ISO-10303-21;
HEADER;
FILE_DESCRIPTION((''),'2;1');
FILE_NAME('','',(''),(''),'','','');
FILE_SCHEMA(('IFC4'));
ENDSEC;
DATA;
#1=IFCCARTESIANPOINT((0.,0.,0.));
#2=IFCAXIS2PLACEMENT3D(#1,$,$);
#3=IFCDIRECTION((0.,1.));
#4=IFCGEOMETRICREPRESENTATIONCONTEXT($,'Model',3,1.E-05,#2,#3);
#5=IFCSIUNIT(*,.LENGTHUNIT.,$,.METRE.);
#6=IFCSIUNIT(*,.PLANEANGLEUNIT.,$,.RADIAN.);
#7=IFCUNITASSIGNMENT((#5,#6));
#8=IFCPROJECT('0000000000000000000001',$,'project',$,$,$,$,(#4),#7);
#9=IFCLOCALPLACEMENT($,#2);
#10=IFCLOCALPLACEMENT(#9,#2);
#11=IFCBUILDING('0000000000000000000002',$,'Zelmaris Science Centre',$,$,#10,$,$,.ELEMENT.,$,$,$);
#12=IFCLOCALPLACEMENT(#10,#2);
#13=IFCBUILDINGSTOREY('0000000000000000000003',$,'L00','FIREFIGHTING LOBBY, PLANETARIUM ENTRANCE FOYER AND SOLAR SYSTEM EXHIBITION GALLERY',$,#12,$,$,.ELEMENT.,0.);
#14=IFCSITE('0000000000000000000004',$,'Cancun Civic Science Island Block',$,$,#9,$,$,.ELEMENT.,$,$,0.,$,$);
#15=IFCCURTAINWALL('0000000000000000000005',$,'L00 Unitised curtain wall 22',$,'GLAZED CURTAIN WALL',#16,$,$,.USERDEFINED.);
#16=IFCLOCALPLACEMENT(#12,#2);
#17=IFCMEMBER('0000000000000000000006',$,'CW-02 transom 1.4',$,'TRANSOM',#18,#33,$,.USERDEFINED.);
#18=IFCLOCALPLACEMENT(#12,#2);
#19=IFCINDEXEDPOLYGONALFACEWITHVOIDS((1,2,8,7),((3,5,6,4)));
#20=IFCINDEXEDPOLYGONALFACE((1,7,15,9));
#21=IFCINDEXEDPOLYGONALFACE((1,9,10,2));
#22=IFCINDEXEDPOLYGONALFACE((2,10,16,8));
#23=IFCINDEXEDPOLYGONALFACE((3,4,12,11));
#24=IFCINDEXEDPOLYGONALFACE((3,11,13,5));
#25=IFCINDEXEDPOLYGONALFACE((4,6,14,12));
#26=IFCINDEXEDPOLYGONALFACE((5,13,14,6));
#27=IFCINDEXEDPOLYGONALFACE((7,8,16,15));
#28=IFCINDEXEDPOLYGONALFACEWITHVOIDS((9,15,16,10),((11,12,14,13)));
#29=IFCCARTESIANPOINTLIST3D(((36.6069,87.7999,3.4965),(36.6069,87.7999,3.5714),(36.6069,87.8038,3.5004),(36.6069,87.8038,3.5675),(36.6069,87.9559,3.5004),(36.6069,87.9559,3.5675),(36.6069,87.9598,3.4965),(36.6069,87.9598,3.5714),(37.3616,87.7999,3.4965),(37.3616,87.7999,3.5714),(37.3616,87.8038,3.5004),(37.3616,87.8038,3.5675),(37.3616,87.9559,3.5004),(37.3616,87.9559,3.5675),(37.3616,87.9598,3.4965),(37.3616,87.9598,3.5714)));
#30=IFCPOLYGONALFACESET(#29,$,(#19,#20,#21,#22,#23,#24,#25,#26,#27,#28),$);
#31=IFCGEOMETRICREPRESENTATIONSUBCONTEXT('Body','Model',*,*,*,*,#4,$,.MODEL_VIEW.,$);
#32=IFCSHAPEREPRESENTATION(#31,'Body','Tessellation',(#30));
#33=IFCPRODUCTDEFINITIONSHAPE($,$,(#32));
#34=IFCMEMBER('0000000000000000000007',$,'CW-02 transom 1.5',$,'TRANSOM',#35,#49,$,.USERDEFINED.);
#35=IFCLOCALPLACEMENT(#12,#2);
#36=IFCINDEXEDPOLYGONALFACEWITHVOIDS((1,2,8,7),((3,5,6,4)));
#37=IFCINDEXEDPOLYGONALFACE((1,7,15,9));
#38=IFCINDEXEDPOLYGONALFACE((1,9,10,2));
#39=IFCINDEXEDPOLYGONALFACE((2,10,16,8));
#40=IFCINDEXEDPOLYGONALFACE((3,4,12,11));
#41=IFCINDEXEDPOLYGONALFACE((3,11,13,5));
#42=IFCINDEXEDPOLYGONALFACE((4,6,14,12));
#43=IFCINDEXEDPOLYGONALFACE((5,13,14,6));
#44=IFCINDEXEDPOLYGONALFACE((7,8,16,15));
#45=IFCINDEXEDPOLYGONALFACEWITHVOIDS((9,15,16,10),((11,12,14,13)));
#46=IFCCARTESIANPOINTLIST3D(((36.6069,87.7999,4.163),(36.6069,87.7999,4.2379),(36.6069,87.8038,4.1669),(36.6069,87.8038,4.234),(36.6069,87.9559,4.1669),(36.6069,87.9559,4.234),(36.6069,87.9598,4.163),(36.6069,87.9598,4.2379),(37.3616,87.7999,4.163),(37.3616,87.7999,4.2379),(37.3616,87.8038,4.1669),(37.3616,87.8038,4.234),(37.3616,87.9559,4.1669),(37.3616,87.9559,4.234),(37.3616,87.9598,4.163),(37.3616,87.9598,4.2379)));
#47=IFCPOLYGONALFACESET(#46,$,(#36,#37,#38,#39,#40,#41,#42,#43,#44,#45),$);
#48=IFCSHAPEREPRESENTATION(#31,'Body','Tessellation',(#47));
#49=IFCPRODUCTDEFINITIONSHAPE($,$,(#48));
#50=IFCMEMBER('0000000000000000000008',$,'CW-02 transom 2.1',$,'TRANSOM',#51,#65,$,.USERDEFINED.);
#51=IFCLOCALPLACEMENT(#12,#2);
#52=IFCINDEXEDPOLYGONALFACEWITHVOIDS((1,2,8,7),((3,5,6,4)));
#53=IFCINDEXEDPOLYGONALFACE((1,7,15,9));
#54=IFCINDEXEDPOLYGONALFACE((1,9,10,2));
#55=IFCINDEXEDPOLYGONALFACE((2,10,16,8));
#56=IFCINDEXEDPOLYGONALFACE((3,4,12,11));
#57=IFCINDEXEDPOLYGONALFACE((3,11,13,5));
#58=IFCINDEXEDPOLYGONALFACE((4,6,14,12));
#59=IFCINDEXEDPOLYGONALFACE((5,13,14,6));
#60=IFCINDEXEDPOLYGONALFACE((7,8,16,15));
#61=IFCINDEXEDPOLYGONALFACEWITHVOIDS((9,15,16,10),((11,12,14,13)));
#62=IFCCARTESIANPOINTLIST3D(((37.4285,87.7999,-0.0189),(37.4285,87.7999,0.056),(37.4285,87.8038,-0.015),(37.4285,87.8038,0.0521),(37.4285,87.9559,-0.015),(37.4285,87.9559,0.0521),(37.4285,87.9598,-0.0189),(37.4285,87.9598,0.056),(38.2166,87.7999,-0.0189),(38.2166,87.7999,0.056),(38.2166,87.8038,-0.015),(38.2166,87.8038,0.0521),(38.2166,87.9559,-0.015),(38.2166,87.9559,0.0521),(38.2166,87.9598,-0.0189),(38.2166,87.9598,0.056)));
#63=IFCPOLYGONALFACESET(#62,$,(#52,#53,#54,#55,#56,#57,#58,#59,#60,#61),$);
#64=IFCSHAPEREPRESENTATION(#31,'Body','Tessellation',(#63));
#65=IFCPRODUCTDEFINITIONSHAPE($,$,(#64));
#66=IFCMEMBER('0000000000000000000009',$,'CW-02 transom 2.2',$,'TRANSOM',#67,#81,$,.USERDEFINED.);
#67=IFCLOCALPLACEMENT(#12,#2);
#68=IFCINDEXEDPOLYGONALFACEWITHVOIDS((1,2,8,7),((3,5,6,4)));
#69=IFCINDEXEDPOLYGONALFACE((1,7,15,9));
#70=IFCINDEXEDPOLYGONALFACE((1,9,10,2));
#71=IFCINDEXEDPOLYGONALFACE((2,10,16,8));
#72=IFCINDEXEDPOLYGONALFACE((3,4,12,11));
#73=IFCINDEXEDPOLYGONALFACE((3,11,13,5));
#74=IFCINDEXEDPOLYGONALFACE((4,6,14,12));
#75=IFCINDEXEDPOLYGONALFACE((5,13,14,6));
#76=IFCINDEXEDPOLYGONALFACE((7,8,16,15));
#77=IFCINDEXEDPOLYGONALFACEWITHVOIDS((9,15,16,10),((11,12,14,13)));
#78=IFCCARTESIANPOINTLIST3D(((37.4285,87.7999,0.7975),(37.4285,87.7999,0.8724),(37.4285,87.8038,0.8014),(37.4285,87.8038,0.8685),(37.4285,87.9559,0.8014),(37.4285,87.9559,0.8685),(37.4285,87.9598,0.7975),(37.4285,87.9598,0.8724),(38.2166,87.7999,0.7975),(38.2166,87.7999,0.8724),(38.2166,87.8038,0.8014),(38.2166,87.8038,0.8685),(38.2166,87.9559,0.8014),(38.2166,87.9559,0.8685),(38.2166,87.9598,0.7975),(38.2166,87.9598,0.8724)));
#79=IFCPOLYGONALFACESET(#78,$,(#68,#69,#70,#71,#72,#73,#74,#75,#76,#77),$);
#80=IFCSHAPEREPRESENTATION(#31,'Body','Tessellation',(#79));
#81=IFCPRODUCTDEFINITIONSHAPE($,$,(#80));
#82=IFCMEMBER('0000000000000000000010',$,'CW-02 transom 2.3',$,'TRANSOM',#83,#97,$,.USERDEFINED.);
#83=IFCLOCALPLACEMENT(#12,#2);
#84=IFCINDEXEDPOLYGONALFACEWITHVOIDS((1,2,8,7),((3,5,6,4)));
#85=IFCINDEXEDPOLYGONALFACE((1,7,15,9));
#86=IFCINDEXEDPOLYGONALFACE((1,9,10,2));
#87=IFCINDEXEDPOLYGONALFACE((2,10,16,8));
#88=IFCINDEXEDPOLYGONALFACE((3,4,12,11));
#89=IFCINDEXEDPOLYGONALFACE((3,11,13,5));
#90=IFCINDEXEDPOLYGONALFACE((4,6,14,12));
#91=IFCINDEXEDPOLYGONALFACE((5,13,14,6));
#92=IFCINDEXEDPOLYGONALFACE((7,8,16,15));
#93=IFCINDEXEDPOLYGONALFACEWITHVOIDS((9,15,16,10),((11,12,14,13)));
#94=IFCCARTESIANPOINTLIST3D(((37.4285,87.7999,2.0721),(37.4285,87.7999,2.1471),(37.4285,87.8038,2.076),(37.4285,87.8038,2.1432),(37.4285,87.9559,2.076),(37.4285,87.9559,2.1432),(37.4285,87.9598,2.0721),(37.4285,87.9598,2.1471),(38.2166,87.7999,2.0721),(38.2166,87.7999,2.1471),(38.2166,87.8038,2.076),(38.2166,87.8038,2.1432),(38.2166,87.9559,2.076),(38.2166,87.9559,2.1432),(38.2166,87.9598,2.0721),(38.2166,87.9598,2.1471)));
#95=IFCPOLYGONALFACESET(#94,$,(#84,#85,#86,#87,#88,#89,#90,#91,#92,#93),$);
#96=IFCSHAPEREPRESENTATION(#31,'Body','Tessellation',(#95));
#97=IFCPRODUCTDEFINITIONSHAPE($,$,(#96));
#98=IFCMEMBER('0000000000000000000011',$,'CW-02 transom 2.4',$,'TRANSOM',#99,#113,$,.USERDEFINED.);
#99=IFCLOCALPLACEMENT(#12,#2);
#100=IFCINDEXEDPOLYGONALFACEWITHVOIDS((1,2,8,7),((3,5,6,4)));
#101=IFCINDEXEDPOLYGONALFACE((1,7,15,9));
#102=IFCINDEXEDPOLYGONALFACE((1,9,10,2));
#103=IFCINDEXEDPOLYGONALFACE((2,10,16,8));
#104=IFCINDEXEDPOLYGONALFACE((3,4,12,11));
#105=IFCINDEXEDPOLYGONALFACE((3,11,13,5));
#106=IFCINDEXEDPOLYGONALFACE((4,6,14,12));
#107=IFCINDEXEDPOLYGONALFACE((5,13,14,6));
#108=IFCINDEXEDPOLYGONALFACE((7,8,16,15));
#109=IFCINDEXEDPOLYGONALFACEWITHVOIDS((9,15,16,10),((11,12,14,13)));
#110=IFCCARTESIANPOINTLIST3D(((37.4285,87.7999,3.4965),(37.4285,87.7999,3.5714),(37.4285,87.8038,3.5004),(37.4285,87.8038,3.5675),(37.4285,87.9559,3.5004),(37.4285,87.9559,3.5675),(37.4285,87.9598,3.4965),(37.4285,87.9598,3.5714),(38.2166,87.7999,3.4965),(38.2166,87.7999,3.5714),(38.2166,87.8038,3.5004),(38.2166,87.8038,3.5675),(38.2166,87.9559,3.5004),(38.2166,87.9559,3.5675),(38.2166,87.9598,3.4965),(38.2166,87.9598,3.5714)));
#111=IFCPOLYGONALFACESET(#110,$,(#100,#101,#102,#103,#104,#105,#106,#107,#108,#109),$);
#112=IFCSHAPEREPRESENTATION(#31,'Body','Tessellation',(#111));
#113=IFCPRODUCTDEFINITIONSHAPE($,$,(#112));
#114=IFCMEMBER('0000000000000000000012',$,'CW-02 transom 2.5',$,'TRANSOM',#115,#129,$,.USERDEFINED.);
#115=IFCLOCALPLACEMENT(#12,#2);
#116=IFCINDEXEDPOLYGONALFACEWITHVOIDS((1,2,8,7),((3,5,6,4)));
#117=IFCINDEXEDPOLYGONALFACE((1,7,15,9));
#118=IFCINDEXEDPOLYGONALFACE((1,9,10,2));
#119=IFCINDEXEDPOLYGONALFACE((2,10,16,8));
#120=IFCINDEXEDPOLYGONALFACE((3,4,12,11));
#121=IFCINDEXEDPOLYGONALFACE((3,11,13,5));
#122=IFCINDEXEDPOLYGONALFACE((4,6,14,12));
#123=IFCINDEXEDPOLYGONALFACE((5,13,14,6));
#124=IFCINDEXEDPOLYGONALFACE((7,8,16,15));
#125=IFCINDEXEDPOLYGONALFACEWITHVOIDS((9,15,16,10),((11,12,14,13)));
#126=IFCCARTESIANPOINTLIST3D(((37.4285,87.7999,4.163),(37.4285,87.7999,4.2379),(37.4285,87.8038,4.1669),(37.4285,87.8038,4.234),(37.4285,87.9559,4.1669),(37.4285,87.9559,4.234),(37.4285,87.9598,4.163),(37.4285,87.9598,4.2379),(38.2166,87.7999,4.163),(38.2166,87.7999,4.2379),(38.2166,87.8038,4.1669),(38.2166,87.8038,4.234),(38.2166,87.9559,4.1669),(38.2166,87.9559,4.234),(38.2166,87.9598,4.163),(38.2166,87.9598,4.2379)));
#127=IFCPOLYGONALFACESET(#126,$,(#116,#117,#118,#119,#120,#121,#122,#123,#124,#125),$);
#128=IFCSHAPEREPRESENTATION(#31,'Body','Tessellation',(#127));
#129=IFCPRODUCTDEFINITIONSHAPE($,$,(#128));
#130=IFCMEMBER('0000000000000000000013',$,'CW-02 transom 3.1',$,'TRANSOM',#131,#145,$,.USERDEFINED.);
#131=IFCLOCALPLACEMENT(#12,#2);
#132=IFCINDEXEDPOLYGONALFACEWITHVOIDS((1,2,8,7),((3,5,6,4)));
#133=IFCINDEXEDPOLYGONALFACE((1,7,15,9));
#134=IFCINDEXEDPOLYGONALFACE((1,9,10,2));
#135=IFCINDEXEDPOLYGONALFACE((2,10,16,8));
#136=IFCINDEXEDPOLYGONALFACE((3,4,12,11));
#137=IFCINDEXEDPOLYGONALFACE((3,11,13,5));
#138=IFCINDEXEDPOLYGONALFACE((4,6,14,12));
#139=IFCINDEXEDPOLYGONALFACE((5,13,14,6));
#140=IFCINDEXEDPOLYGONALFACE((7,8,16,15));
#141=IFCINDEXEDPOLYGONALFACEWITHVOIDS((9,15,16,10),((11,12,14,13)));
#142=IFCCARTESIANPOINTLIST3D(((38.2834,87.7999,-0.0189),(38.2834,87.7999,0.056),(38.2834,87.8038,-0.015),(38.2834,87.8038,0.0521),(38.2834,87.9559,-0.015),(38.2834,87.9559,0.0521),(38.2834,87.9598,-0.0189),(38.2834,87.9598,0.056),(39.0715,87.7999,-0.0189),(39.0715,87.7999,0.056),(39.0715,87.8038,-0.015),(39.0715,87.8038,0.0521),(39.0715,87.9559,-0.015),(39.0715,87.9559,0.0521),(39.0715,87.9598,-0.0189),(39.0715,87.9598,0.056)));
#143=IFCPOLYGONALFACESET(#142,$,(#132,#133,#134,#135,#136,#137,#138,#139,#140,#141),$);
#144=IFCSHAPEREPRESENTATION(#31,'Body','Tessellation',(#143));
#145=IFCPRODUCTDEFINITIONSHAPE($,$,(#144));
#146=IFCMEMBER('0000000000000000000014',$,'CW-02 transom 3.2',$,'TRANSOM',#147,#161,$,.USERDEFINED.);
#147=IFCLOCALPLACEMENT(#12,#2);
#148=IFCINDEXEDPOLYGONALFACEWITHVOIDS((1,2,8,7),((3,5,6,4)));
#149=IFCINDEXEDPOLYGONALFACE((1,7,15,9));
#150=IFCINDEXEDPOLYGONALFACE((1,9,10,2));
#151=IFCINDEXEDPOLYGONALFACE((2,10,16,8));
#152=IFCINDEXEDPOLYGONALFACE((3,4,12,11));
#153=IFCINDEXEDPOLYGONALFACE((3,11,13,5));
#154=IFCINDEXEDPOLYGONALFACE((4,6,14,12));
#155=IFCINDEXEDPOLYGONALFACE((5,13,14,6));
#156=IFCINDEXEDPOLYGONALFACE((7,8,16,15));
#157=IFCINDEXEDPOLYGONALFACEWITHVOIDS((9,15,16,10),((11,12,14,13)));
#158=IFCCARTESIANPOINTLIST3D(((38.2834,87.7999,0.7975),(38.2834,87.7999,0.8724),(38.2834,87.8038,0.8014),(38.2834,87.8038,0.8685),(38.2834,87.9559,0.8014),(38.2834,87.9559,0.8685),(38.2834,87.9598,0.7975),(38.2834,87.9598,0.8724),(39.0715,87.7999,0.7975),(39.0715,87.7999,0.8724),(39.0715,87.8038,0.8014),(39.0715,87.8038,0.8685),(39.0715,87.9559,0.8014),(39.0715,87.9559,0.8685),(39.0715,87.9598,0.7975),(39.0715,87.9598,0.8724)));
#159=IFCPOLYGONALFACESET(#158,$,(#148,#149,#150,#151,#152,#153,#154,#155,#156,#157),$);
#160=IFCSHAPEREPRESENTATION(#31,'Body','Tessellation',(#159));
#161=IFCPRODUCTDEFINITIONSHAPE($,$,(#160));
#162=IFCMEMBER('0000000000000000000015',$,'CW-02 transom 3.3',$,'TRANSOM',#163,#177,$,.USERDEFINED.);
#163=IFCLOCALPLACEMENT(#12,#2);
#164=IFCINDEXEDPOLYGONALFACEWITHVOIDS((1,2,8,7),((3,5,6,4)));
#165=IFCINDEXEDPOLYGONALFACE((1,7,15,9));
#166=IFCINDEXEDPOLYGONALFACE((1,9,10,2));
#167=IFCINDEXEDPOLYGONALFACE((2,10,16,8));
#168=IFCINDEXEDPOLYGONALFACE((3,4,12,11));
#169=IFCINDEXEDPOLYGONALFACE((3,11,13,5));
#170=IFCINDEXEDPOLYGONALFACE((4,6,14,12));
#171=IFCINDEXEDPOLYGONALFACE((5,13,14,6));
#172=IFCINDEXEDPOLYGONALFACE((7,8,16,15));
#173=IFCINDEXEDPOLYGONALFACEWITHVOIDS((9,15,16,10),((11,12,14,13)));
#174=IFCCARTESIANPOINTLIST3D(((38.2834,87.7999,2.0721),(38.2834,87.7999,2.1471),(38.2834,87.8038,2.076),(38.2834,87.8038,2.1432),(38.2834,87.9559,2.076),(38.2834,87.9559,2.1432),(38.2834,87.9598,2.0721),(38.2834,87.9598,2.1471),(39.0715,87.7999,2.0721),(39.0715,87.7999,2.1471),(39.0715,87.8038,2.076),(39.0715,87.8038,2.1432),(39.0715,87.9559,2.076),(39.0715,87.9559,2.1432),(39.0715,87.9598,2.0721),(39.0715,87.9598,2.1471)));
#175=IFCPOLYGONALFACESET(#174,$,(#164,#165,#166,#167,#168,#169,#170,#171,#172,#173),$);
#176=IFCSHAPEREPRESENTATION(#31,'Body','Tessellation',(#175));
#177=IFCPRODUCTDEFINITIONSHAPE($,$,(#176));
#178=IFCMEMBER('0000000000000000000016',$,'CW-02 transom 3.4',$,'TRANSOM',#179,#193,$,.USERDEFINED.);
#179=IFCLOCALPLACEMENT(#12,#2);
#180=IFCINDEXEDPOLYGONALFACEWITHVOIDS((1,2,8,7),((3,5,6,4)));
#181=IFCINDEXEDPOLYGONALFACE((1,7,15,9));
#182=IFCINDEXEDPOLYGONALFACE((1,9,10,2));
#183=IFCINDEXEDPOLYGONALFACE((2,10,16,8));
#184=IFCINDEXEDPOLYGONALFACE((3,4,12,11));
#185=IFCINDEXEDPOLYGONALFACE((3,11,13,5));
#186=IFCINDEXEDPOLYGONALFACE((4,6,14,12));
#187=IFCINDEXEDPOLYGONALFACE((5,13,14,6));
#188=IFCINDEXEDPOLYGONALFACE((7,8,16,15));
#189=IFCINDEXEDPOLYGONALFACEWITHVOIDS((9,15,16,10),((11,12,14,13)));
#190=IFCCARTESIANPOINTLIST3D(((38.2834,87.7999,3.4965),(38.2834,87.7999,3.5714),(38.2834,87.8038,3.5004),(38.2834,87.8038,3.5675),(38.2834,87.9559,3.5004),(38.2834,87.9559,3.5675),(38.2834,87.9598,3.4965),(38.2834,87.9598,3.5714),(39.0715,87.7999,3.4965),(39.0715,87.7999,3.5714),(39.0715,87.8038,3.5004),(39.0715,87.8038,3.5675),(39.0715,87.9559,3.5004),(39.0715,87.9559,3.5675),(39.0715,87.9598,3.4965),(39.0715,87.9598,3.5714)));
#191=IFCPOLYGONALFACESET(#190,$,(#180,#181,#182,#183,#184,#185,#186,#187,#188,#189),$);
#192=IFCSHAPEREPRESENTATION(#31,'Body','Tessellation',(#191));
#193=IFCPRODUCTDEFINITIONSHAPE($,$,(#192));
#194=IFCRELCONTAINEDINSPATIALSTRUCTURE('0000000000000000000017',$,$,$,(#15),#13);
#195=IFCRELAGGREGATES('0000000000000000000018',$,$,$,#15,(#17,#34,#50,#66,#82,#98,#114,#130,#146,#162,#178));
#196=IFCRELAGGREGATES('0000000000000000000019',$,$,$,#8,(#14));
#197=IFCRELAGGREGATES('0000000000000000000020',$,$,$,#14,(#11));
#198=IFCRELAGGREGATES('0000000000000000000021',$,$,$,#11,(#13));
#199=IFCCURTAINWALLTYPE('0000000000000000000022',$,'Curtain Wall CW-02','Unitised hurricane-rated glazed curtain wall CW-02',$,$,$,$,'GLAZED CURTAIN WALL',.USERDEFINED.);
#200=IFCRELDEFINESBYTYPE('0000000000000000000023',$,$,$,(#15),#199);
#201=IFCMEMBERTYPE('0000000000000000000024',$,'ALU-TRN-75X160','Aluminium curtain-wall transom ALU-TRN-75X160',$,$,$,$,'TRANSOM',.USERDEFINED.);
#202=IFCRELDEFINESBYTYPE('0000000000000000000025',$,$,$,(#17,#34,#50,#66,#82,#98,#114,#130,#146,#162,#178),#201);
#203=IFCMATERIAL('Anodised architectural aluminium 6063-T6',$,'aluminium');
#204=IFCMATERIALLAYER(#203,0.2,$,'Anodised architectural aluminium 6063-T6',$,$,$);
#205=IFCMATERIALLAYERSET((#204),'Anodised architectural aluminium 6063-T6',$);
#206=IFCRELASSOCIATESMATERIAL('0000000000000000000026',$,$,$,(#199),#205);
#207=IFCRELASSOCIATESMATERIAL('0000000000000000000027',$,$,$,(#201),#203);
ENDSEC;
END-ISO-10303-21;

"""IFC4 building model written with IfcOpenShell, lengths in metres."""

from ifc_helpers import new_model, si_unit, direction, frame, origin, origin_2d, place, context, subcontext, project, spatial, hollow_rectangle, extrude, material, layer, layer_set, material_profile, profile_set, type_object, element, aggregate, save


model = new_model("IFC4")

# Units and contexts
model_context = context("Model", 3, precision=1e-05, world=origin(), true_north=direction((0.0, 1.0)))
body_context = subcontext(model_context, "Body", "Model", "MODEL_VIEW")
ifc_project = project(units=[si_unit("LENGTHUNIT", "METRE"), si_unit("PLANEANGLEUNIT", "RADIAN")], contexts=[model_context])

# Site, building, storey
site_placement = place(None, origin())
site = spatial("IfcSite", under=ifc_project, at=site_placement, Name="Cancun Civic Science Island Block", CompositionType="ELEMENT", RefElevation=0.0)
building_placement = place(site_placement, origin())
building = spatial("IfcBuilding", under=site, at=building_placement, Name="Zelmaris Science Centre", CompositionType="ELEMENT")
storey_placement = place(building_placement, origin())
storey = spatial("IfcBuildingStorey", under=building, at=storey_placement, Name="L00", Description="FIREFIGHTING LOBBY, PLANETARIUM ENTRANCE FOYER AND SOLAR SYSTEM EXHIBITION GALLERY", CompositionType="ELEMENT", Elevation=0.0)

# Shared definitions
ifc_material_1 = material(Name="Anodised architectural aluminium 6063-T6", Category="aluminium")

# Curtain wall, members
ifc_layer_1 = layer(ifc_material_1, 0.2, Name="Anodised architectural aluminium 6063-T6")
ifc_layer_set_1 = layer_set([ifc_layer_1], Name="Anodised architectural aluminium 6063-T6")
curtain_wall_type_1 = type_object("IfcCurtainWallType", Name="Curtain Wall CW-02", Description="Unitised hurricane-rated glazed curtain wall CW-02", ElementType="GLAZED CURTAIN WALL", PredefinedType="USERDEFINED", material=ifc_layer_set_1)
curtain_wall_1_placement = place(storey_placement, origin())
curtain_wall_1 = element("IfcCurtainWall", 1, at=curtain_wall_1_placement, inside=storey, type_object=curtain_wall_type_1, Name="L00 Unitised curtain wall 22", ObjectType="GLAZED CURTAIN WALL", PredefinedType="USERDEFINED")
ifc_material_profile_1 = material_profile(ifc_material_1, hollow_rectangle(XDim=0.075, YDim=0.1599, WallThickness=0.0039, at=origin_2d()), Name="ALU-TRN-75X160")
ifc_profile_set_1 = profile_set([ifc_material_profile_1], Name="Anodised architectural aluminium 6063-T6")
member_type_1 = type_object("IfcMemberType", Name="ALU-TRN-75X160", Description="Aluminium curtain-wall transom ALU-TRN-75X160", ElementType="TRANSOM", PredefinedType="USERDEFINED", material=ifc_profile_set_1)
member_1_placement = place(storey_placement, frame((36.6069, 87.8799, 3.5339), z_axis=(1.0, 0.0, 0.0), x_axis=(0.0, 0.0, 1.0)))
member_1 = element("IfcMember", 2, at=member_1_placement, type_object=member_type_1, Name="CW-02 transom 1.4", ObjectType="TRANSOM", PredefinedType="USERDEFINED", context=body_context, shape_type="SweptSolid", body=[
    extrude(hollow_rectangle(XDim=0.075, YDim=0.1599, WallThickness=0.0039, at=origin_2d()), origin(), (0.0, 0.0, 1.0), 0.7546),
])
member_2_placement = place(storey_placement, frame((36.6069, 87.8799, 4.2004), z_axis=(1.0, 0.0, 0.0), x_axis=(0.0, 0.0, 1.0)))
member_2 = element("IfcMember", 3, at=member_2_placement, type_object=member_type_1, Name="CW-02 transom 1.5", ObjectType="TRANSOM", PredefinedType="USERDEFINED", context=body_context, shape_type="SweptSolid", body=[
    extrude(hollow_rectangle(XDim=0.075, YDim=0.1599, WallThickness=0.0039, at=origin_2d()), origin(), (0.0, 0.0, 1.0), 0.7546),
])
member_3_placement = place(storey_placement, frame((37.4285, 87.8799, 0.0186), z_axis=(1.0, 0.0, 0.0), x_axis=(0.0, 0.0, 1.0)))
member_3 = element("IfcMember", 4, at=member_3_placement, type_object=member_type_1, Name="CW-02 transom 2.1", ObjectType="TRANSOM", PredefinedType="USERDEFINED", context=body_context, shape_type="SweptSolid", body=[
    extrude(hollow_rectangle(XDim=0.075, YDim=0.1599, WallThickness=0.0039, at=origin_2d()), origin(), (0.0, 0.0, 1.0), 0.7881),
])
member_4_placement = place(storey_placement, frame((37.4285, 87.8799, 0.835), z_axis=(1.0, 0.0, 0.0), x_axis=(0.0, 0.0, 1.0)))
member_4 = element("IfcMember", 5, at=member_4_placement, type_object=member_type_1, Name="CW-02 transom 2.2", ObjectType="TRANSOM", PredefinedType="USERDEFINED", context=body_context, shape_type="SweptSolid", body=[
    extrude(hollow_rectangle(XDim=0.075, YDim=0.1599, WallThickness=0.0039, at=origin_2d()), origin(), (0.0, 0.0, 1.0), 0.7881),
])
member_5_placement = place(storey_placement, frame((37.4285, 87.8799, 2.1096), z_axis=(1.0, 0.0, 0.0), x_axis=(0.0, 0.0, 1.0)))
member_5 = element("IfcMember", 6, at=member_5_placement, type_object=member_type_1, Name="CW-02 transom 2.3", ObjectType="TRANSOM", PredefinedType="USERDEFINED", context=body_context, shape_type="SweptSolid", body=[
    extrude(hollow_rectangle(XDim=0.075, YDim=0.1599, WallThickness=0.0039, at=origin_2d()), origin(), (0.0, 0.0, 1.0), 0.7881),
])
member_6_placement = place(storey_placement, frame((37.4285, 87.8799, 3.5339), z_axis=(1.0, 0.0, 0.0), x_axis=(0.0, 0.0, 1.0)))
member_6 = element("IfcMember", 7, at=member_6_placement, type_object=member_type_1, Name="CW-02 transom 2.4", ObjectType="TRANSOM", PredefinedType="USERDEFINED", context=body_context, shape_type="SweptSolid", body=[
    extrude(hollow_rectangle(XDim=0.075, YDim=0.1599, WallThickness=0.0039, at=origin_2d()), origin(), (0.0, 0.0, 1.0), 0.7881),
])
member_7_placement = place(storey_placement, frame((37.4285, 87.8799, 4.2004), z_axis=(1.0, 0.0, 0.0), x_axis=(0.0, 0.0, 1.0)))
member_7 = element("IfcMember", 8, at=member_7_placement, type_object=member_type_1, Name="CW-02 transom 2.5", ObjectType="TRANSOM", PredefinedType="USERDEFINED", context=body_context, shape_type="SweptSolid", body=[
    extrude(hollow_rectangle(XDim=0.075, YDim=0.1599, WallThickness=0.0039, at=origin_2d()), origin(), (0.0, 0.0, 1.0), 0.7881),
])
member_8_placement = place(storey_placement, frame((38.2834, 87.8799, 0.0186), z_axis=(1.0, 0.0, 0.0), x_axis=(0.0, 0.0, 1.0)))
member_8 = element("IfcMember", 9, at=member_8_placement, type_object=member_type_1, Name="CW-02 transom 3.1", ObjectType="TRANSOM", PredefinedType="USERDEFINED", context=body_context, shape_type="SweptSolid", body=[
    extrude(hollow_rectangle(XDim=0.075, YDim=0.1599, WallThickness=0.0039, at=origin_2d()), origin(), (0.0, 0.0, 1.0), 0.7881),
])
member_9_placement = place(storey_placement, frame((38.2834, 87.8799, 0.835), z_axis=(1.0, 0.0, 0.0), x_axis=(0.0, 0.0, 1.0)))
member_9 = element("IfcMember", 10, at=member_9_placement, type_object=member_type_1, Name="CW-02 transom 3.2", ObjectType="TRANSOM", PredefinedType="USERDEFINED", context=body_context, shape_type="SweptSolid", body=[
    extrude(hollow_rectangle(XDim=0.075, YDim=0.1599, WallThickness=0.0039, at=origin_2d()), origin(), (0.0, 0.0, 1.0), 0.7881),
])
member_10_placement = place(storey_placement, frame((38.2834, 87.8799, 2.1096), z_axis=(1.0, 0.0, 0.0), x_axis=(0.0, 0.0, 1.0)))
member_10 = element("IfcMember", 11, at=member_10_placement, type_object=member_type_1, Name="CW-02 transom 3.3", ObjectType="TRANSOM", PredefinedType="USERDEFINED", context=body_context, shape_type="SweptSolid", body=[
    extrude(hollow_rectangle(XDim=0.075, YDim=0.1599, WallThickness=0.0039, at=origin_2d()), origin(), (0.0, 0.0, 1.0), 0.7881),
])
member_11_placement = place(storey_placement, frame((38.2834, 87.8799, 3.5339), z_axis=(1.0, 0.0, 0.0), x_axis=(0.0, 0.0, 1.0)))
member_11 = element("IfcMember", 12, at=member_11_placement, type_object=member_type_1, Name="CW-02 transom 3.4", ObjectType="TRANSOM", PredefinedType="USERDEFINED", context=body_context, shape_type="SweptSolid", body=[
    extrude(hollow_rectangle(XDim=0.075, YDim=0.1599, WallThickness=0.0039, at=origin_2d()), origin(), (0.0, 0.0, 1.0), 0.7881),
])

aggregate(curtain_wall_1, [member_1, member_2, member_3, member_4, member_5, member_6, member_7, member_8, member_9, member_10, member_11])

save(model, "model.ifc")
